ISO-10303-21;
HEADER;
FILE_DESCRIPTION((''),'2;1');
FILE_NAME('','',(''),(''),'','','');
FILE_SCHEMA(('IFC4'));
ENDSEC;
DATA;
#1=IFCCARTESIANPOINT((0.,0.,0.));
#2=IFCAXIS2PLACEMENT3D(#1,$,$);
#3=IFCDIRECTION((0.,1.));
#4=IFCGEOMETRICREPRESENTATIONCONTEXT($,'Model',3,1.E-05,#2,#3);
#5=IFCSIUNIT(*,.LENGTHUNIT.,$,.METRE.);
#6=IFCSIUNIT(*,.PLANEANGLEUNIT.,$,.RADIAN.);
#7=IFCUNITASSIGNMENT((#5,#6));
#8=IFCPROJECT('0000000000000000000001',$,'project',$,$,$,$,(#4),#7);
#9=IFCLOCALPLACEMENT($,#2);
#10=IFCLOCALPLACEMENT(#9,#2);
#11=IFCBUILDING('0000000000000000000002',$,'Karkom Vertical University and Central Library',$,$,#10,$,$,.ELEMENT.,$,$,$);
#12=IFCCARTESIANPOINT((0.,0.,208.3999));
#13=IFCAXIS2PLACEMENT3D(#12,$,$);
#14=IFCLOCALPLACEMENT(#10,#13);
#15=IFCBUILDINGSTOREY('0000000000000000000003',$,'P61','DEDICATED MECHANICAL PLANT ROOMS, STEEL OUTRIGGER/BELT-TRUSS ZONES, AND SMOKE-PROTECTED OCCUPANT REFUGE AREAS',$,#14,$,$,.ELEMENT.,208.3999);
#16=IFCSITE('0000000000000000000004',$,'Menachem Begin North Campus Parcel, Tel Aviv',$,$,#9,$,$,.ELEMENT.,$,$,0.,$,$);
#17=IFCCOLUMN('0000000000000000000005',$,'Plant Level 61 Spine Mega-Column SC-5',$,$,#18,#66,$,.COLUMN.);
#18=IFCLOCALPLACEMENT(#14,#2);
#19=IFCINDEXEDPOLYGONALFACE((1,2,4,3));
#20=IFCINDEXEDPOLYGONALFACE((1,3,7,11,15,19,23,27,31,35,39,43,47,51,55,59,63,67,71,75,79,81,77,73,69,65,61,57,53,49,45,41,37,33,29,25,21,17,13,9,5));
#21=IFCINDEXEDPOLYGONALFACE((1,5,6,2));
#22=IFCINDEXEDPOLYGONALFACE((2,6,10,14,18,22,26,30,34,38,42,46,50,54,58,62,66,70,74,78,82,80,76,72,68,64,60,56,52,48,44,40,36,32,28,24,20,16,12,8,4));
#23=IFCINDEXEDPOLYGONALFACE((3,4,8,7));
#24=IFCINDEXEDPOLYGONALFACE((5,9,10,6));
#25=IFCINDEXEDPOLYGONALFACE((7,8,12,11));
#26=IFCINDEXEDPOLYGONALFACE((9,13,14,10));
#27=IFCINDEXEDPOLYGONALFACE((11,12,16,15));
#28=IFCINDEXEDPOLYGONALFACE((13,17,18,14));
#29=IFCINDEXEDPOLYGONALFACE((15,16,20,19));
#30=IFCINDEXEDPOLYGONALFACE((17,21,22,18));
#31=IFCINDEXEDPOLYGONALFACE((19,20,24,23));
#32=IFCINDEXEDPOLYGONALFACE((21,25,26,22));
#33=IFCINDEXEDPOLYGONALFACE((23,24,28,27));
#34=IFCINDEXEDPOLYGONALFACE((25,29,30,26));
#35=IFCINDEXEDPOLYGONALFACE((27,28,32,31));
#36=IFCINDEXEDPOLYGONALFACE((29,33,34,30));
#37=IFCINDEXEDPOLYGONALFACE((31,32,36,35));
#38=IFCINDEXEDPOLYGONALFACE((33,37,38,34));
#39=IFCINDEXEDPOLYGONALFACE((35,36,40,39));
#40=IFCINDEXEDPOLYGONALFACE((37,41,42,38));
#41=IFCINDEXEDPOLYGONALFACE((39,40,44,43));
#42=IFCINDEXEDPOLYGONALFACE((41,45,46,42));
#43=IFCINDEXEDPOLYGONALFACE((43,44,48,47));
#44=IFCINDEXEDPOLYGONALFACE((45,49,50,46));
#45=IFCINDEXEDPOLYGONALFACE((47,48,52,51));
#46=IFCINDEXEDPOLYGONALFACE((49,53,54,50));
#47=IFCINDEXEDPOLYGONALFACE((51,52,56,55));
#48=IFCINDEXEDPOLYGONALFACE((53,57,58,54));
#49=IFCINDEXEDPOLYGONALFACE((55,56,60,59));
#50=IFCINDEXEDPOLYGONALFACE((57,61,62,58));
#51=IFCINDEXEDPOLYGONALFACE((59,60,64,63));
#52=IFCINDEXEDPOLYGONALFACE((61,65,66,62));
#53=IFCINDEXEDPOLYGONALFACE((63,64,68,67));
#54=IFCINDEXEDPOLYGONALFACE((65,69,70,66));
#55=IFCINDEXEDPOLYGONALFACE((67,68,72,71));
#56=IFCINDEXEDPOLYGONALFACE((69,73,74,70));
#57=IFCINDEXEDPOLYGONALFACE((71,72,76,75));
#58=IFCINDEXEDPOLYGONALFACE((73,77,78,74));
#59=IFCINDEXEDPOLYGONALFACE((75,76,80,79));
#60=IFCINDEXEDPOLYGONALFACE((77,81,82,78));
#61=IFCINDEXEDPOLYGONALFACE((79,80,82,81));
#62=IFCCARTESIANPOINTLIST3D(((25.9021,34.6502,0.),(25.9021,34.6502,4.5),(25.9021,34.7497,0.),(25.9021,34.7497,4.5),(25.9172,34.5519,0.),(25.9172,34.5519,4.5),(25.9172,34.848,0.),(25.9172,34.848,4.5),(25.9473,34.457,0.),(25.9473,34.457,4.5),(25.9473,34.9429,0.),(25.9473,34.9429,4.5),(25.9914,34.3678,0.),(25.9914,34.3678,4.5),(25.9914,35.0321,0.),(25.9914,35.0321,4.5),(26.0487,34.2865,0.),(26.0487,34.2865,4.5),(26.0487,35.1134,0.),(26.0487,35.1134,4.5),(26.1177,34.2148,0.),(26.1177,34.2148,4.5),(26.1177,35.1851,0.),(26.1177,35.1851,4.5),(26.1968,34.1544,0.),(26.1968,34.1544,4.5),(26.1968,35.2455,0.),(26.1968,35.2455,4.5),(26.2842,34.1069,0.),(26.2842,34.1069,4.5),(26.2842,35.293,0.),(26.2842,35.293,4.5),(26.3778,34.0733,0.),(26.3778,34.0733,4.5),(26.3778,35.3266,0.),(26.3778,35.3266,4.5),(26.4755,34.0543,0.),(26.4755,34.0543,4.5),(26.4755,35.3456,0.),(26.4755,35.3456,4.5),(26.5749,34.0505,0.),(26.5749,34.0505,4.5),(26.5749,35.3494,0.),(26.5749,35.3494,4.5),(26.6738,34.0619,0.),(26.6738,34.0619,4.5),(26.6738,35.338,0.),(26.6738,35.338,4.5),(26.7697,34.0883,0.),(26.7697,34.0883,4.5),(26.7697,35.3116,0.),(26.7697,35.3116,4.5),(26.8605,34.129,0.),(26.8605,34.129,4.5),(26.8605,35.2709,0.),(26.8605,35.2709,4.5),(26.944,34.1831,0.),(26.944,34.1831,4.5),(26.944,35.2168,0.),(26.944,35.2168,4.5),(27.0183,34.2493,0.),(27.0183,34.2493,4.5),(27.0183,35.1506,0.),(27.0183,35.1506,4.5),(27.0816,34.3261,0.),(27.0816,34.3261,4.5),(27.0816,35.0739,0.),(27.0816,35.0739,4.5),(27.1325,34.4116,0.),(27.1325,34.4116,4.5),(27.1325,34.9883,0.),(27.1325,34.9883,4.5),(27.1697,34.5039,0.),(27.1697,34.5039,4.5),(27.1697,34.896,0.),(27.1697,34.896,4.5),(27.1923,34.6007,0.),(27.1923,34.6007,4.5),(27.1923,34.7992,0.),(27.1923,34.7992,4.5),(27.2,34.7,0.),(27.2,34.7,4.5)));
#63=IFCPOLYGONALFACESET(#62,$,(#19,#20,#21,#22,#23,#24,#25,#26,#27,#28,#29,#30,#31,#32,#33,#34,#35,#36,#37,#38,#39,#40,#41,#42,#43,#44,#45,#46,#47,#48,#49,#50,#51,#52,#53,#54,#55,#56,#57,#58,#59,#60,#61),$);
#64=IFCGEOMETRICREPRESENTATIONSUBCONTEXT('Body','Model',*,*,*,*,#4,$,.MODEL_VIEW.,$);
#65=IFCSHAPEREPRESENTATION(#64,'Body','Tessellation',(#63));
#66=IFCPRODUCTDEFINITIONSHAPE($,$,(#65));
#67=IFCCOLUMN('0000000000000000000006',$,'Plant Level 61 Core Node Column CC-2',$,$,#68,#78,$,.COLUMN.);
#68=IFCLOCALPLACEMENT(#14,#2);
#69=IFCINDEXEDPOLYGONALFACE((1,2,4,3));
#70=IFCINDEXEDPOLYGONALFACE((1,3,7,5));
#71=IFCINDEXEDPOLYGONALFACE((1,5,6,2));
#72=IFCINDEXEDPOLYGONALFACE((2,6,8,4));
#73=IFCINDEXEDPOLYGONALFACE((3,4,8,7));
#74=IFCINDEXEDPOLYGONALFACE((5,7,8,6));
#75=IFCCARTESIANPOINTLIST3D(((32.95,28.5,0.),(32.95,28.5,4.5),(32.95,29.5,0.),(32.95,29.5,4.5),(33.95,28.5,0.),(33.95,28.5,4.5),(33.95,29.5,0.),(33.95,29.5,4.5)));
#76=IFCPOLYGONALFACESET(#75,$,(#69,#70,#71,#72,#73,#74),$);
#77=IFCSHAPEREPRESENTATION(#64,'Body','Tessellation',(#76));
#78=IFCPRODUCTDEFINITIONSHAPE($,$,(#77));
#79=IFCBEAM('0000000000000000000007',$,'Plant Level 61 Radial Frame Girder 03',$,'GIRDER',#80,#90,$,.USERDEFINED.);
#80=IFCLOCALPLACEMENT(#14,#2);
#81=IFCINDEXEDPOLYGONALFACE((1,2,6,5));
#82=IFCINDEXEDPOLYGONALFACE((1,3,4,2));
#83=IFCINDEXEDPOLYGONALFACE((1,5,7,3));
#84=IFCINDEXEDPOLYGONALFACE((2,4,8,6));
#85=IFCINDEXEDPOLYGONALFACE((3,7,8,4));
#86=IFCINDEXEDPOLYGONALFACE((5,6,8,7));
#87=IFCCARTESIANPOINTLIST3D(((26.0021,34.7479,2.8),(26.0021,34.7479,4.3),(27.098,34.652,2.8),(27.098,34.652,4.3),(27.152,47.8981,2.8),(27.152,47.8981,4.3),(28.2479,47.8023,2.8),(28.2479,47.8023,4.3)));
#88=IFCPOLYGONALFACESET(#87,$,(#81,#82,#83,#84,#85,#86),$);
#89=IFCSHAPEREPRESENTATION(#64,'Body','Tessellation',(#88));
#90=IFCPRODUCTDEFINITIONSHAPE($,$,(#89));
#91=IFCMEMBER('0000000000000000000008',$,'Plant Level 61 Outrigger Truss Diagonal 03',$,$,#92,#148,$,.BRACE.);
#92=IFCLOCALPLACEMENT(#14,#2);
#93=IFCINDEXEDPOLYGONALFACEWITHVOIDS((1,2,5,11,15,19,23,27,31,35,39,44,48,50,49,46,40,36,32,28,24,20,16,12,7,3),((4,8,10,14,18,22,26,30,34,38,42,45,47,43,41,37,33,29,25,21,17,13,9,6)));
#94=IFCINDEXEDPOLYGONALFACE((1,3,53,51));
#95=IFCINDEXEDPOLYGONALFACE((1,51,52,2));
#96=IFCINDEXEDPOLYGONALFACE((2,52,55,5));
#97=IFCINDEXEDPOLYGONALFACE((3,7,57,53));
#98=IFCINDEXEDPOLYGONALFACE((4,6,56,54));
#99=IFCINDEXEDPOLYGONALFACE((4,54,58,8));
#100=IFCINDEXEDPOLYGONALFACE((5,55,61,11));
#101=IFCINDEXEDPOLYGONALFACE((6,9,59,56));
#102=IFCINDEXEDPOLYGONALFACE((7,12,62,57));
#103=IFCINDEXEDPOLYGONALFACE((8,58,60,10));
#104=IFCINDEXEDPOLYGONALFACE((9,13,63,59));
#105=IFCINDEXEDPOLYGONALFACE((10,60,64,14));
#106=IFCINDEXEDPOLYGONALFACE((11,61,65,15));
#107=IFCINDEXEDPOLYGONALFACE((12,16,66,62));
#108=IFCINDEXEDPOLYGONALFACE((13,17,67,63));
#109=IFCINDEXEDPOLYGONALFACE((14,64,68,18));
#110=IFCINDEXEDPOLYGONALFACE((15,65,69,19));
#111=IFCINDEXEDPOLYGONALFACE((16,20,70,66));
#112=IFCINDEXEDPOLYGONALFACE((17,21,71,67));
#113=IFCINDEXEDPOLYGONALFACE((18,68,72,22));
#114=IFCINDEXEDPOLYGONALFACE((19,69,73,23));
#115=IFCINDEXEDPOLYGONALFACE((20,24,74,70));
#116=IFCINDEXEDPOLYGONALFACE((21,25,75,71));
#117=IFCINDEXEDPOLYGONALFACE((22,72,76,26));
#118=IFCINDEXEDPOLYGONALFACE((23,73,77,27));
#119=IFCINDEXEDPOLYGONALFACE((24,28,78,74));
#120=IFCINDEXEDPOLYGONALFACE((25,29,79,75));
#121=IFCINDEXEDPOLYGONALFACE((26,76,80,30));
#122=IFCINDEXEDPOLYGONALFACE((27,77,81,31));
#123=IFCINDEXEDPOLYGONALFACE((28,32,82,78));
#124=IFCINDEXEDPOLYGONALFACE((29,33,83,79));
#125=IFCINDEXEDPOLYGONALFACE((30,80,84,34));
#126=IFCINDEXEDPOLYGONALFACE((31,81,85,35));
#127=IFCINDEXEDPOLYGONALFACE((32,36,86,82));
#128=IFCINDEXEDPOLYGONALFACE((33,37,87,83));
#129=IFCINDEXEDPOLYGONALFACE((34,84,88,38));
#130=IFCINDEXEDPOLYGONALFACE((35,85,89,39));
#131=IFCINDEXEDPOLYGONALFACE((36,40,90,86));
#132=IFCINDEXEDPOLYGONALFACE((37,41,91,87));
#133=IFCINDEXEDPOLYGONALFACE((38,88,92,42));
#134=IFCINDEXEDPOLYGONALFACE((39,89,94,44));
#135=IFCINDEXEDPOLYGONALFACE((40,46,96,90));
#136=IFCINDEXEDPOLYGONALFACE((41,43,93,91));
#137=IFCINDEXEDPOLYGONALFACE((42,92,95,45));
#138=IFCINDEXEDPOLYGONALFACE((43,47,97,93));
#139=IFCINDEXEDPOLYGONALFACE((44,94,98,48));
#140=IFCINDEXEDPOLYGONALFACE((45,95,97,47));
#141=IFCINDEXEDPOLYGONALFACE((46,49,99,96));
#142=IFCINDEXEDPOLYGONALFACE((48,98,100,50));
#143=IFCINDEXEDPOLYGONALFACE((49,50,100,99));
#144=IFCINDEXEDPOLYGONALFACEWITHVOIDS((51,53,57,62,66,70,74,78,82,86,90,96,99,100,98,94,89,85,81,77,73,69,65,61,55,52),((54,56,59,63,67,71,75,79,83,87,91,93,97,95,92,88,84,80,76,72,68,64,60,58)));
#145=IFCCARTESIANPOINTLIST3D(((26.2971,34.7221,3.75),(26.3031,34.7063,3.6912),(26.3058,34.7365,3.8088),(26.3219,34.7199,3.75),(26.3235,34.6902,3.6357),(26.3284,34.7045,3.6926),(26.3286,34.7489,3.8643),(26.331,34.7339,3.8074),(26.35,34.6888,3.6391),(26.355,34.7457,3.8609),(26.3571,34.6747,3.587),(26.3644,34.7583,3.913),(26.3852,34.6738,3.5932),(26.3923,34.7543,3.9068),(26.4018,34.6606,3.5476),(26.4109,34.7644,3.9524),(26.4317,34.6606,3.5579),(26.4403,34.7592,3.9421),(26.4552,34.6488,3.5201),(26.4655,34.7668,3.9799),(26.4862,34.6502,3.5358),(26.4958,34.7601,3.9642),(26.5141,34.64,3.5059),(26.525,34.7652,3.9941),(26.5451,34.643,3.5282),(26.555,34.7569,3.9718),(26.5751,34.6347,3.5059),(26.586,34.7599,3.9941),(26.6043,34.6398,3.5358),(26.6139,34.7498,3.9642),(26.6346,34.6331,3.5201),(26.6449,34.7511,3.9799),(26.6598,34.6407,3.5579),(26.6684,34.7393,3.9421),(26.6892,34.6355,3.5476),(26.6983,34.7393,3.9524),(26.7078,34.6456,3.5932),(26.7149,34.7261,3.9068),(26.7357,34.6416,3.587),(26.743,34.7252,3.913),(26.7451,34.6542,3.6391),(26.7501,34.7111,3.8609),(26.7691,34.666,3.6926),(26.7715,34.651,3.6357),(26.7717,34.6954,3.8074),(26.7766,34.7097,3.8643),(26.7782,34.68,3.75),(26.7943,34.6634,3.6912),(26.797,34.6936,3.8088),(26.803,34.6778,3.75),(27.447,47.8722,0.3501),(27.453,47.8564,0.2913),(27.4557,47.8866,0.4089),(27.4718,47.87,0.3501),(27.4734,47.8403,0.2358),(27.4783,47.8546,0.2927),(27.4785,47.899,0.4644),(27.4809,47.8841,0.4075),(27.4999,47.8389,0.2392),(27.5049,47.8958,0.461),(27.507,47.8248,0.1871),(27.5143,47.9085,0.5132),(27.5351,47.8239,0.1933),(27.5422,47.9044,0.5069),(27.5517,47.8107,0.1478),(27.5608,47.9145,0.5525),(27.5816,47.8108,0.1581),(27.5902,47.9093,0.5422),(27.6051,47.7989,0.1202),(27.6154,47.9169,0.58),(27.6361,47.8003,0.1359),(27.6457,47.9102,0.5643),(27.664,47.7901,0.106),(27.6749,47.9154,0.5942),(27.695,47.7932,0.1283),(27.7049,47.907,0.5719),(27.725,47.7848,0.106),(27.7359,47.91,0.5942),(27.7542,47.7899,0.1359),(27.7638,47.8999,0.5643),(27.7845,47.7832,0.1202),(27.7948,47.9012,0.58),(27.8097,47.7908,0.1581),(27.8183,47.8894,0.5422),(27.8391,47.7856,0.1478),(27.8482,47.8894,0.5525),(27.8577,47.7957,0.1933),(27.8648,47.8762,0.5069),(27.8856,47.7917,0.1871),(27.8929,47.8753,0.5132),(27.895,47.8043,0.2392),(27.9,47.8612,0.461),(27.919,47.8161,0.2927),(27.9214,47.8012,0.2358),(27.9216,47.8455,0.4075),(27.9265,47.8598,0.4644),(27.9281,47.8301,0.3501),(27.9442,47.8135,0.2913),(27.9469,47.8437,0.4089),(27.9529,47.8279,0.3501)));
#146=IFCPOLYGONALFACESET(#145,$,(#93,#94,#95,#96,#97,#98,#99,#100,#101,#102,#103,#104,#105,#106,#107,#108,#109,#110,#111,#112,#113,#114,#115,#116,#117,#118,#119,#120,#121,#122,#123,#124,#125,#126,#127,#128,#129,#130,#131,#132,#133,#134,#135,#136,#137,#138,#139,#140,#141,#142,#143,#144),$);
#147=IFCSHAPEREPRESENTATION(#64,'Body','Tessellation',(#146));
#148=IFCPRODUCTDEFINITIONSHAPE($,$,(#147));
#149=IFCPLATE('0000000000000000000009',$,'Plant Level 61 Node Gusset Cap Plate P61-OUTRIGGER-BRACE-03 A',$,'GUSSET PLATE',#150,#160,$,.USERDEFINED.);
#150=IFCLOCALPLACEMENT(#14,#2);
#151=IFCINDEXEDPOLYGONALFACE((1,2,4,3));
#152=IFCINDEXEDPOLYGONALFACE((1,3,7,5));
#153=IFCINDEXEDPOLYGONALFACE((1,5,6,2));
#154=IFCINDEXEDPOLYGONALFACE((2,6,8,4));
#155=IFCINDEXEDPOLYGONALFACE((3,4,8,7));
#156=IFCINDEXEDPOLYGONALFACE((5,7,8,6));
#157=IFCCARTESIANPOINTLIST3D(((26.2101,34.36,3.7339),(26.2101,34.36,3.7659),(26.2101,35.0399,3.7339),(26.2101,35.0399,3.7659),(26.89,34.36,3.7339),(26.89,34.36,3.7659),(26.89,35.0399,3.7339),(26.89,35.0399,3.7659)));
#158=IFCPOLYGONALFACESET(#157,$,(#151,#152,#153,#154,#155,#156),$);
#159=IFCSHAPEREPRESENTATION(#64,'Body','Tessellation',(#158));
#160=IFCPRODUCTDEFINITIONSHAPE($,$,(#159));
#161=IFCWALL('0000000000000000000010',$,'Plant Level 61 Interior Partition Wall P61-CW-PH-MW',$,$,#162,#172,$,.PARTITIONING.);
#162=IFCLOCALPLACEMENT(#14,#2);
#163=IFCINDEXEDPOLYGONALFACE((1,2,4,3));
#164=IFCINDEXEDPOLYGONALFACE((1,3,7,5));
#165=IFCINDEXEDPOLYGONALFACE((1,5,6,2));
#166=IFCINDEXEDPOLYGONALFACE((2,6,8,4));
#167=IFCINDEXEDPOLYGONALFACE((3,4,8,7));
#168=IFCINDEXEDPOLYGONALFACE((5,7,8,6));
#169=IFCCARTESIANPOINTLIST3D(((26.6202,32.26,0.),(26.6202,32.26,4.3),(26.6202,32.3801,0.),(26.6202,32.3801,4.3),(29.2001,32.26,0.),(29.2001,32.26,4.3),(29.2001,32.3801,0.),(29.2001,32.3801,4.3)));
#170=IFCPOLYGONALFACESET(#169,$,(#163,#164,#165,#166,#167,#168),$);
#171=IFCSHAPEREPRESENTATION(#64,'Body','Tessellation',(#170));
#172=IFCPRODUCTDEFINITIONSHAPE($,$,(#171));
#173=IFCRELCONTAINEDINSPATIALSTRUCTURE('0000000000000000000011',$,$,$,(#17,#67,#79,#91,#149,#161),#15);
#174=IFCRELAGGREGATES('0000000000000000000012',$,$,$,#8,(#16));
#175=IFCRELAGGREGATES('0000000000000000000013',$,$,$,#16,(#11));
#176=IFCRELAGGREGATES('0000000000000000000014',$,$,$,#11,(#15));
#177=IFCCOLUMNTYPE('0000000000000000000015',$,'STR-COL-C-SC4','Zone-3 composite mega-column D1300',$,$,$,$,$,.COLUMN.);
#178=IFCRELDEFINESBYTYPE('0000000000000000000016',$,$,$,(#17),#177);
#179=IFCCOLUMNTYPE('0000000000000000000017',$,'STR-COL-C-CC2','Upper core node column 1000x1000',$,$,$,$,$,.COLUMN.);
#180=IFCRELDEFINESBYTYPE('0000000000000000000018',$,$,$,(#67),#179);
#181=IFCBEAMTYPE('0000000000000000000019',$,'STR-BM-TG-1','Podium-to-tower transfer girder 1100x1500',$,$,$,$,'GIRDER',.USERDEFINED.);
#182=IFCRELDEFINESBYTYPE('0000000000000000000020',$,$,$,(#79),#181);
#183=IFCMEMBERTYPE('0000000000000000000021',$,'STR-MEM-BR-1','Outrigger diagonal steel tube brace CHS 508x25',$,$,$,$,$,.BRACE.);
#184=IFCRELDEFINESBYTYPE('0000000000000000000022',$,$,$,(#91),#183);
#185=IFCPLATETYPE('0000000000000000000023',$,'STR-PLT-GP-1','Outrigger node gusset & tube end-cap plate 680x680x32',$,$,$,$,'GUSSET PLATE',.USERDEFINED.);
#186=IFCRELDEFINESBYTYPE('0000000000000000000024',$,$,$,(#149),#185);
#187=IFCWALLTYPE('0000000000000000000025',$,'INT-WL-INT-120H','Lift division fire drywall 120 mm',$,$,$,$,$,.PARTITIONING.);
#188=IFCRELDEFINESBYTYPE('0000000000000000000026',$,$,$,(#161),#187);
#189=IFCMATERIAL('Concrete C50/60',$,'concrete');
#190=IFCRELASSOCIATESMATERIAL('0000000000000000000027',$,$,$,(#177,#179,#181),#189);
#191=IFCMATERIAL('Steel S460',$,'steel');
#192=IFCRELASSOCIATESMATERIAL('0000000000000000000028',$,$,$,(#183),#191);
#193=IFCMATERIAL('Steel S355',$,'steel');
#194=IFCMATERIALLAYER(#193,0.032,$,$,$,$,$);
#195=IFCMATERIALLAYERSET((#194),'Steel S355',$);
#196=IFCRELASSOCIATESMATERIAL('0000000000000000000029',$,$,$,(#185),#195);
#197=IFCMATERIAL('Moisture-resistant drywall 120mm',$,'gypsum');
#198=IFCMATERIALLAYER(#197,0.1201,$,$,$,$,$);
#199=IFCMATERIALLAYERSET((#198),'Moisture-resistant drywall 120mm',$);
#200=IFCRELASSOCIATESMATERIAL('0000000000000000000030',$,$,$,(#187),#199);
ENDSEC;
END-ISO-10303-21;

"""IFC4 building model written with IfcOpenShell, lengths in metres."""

from ifc_helpers import new_model, si_unit, direction, frame, frame_2d, origin, origin_with_axes, origin_2d, place, context, subcontext, project, spatial, rectangle, circle, hollow_circle, extrude, source, transform, mapped, material, layer, layer_set, material_profile, profile_set, type_object, element, save


model = new_model("IFC4")

# Units and contexts
model_context = context("Model", 3, precision=1e-05, world=origin(), true_north=direction((0.0, 1.0)))
body_context = subcontext(model_context, "Body", "Model", "MODEL_VIEW")
ifc_project = project(units=[si_unit("LENGTHUNIT", "METRE"), si_unit("PLANEANGLEUNIT", "RADIAN")], contexts=[model_context])

# Site, building, storey
site_placement = place(None, origin())
site = spatial("IfcSite", under=ifc_project, at=site_placement, Name="Menachem Begin North Campus Parcel, Tel Aviv", CompositionType="ELEMENT", RefElevation=0.0)
building_placement = place(site_placement, origin())
building = spatial("IfcBuilding", under=site, at=building_placement, Name="Karkom Vertical University and Central Library", CompositionType="ELEMENT")
storey_placement = place(building_placement, frame((0.0, 0.0, 208.3999)))
storey = spatial("IfcBuildingStorey", under=building, at=storey_placement, Name="P61", Description="DEDICATED MECHANICAL PLANT ROOMS, STEEL OUTRIGGER/BELT-TRUSS ZONES, AND SMOKE-PROTECTED OCCUPANT REFUGE AREAS", CompositionType="ELEMENT", Elevation=208.3999)

# Columns
ifc_material_1 = material(Name="Concrete C50/60", Category="concrete")
ifc_material_profile_1 = material_profile(ifc_material_1, circle(Radius=0.6499, at=origin_2d()), Name="CFT-D1300")
ifc_profile_set_1 = profile_set([ifc_material_profile_1], Name="Concrete C50/60")
column_type_1 = type_object("IfcColumnType", Name="STR-COL-C-SC4", Description="Zone-3 composite mega-column D1300", PredefinedType="COLUMN", material=ifc_profile_set_1)
shared_shape_1 = source(origin_with_axes(), body_context, "Body", "SweptSolid", [
    extrude(circle(Radius=0.6499, at=origin_2d()), origin(), (0.0, 0.0, 1.0), 4.5),
])
column_1_placement = place(storey_placement, frame((26.55, 34.7, 0.0), z_axis=(0.0, 0.0, 1.0), x_axis=(1.0, 0.0, 0.0)))
element("IfcColumn", 1, at=column_1_placement, inside=storey, type_object=column_type_1, Name="Plant Level 61 Spine Mega-Column SC-5", PredefinedType="COLUMN", context=body_context, shape_type="MappedRepresentation", body=[
    mapped(shared_shape_1, transform((0.0, 0.0, 0.0), scale=1.0)),
])
ifc_material_profile_2 = material_profile(ifc_material_1, rectangle(XDim=1.0, YDim=1.0, at=origin_2d()), Name="RC-1000x1000")
ifc_profile_set_2 = profile_set([ifc_material_profile_2], Name="Concrete C50/60")
column_type_2 = type_object("IfcColumnType", Name="STR-COL-C-CC2", Description="Upper core node column 1000x1000", PredefinedType="COLUMN", material=ifc_profile_set_2)
shared_shape_2 = source(origin_with_axes(), body_context, "Body", "SweptSolid", [
    extrude(rectangle(XDim=1.0, YDim=1.0, at=origin_2d()), origin(), (0.0, 0.0, 1.0), 4.5),
])
column_2_placement = place(storey_placement, frame((33.45, 29.0, 0.0), z_axis=(0.0, 0.0, 1.0), x_axis=(1.0, 0.0, 0.0)))
element("IfcColumn", 2, at=column_2_placement, inside=storey, type_object=column_type_2, Name="Plant Level 61 Core Node Column CC-2", PredefinedType="COLUMN", context=body_context, shape_type="MappedRepresentation", body=[
    mapped(shared_shape_2, transform((0.0, 0.0, 0.0), scale=1.0)),
])

# Beam
ifc_material_profile_3 = material_profile(ifc_material_1, rectangle(XDim=1.1001, YDim=1.5, at=origin_2d()), Name="TG-1100x1500")
ifc_profile_set_3 = profile_set([ifc_material_profile_3], Name="Concrete C50/60")
beam_type = type_object("IfcBeamType", Name="STR-BM-TG-1", Description="Podium-to-tower transfer girder 1100x1500", ElementType="GIRDER", PredefinedType="USERDEFINED", material=ifc_profile_set_3)
shared_shape_3 = source(origin_with_axes(), body_context, "Body", "SweptSolid", [
    extrude(rectangle(XDim=1.1001, YDim=1.5, at=origin_2d()), origin(), (0.0, 0.0, 1.0), 13.2004),
])
beam_placement = place(storey_placement, frame((26.55, 34.7, 3.55), z_axis=(0.087112, 0.996199, 0.0), x_axis=(-0.996199, 0.087112, 0.0)))
element("IfcBeam", 3, at=beam_placement, inside=storey, type_object=beam_type, Name="Plant Level 61 Radial Frame Girder 03", ObjectType="GIRDER", PredefinedType="USERDEFINED", context=body_context, shape_type="MappedRepresentation", body=[
    mapped(shared_shape_3, transform((0.0, 0.0, 0.0), scale=1.0)),
])

# Member
ifc_material_2 = material(Name="Steel S460", Category="steel")
ifc_material_profile_4 = material_profile(ifc_material_2, hollow_circle(Radius=0.2539, WallThickness=0.0249, at=origin_2d()), Name="CHS 508x25")
ifc_profile_set_4 = profile_set([ifc_material_profile_4], Name="Steel S460")
member_type = type_object("IfcMemberType", Name="STR-MEM-BR-1", Description="Outrigger diagonal steel tube brace CHS 508x25", PredefinedType="BRACE", material=ifc_profile_set_4)
shared_shape_4 = source(origin_with_axes(), body_context, "Body", "SweptSolid", [
    extrude(hollow_circle(Radius=0.2539, WallThickness=0.0249, at=origin_2d()), origin(), (0.0, 0.0, 1.0), 13.6311),
])
member_placement = place(storey_placement, frame((26.55, 34.7, 3.75), z_axis=(0.084358, 0.964714, -0.249422), x_axis=(-0.996199, 0.087112, 0.0)))
element("IfcMember", 4, at=member_placement, inside=storey, type_object=member_type, Name="Plant Level 61 Outrigger Truss Diagonal 03", PredefinedType="BRACE", context=body_context, shape_type="MappedRepresentation", body=[
    mapped(shared_shape_4, transform((0.0, 0.0, 0.0), scale=1.0)),
])

# Plate
ifc_material_3 = material(Name="Steel S355", Category="steel")
ifc_layer_1 = layer(ifc_material_3, 0.032)
ifc_layer_set_1 = layer_set([ifc_layer_1], Name="Steel S355")
plate_type = type_object("IfcPlateType", Name="STR-PLT-GP-1", Description="Outrigger node gusset & tube end-cap plate 680x680x32", ElementType="GUSSET PLATE", PredefinedType="USERDEFINED", material=ifc_layer_set_1)
shared_shape_5 = source(origin_with_axes(), body_context, "Body", "SweptSolid", [
    extrude(rectangle(XDim=0.6799, YDim=0.6799, at=origin_2d()), origin(), (0.0, 0.0, 1.0), 0.032),
])
plate_placement = place(storey_placement, frame((26.55, 34.7, 3.7339), z_axis=(0.0, 0.0, 1.0), x_axis=(1.0, 0.0, 0.0)))
element("IfcPlate", 5, at=plate_placement, inside=storey, type_object=plate_type, Name="Plant Level 61 Node Gusset Cap Plate P61-OUTRIGGER-BRACE-03 A", ObjectType="GUSSET PLATE", PredefinedType="USERDEFINED", context=body_context, shape_type="MappedRepresentation", body=[
    mapped(shared_shape_5, transform((0.0, 0.0, 0.0), scale=1.0)),
])

# Wall
ifc_material_4 = material(Name="Moisture-resistant drywall 120mm", Category="gypsum")
ifc_layer_2 = layer(ifc_material_4, 0.1201)
ifc_layer_set_2 = layer_set([ifc_layer_2], Name="Moisture-resistant drywall 120mm")
wall_type_1 = type_object("IfcWallType", Name="INT-WL-INT-120H", Description="Lift division fire drywall 120 mm", PredefinedType="PARTITIONING", material=ifc_layer_set_2)
wall_1_placement = place(storey_placement, frame((26.6201, 32.3201, 0.0), z_axis=(0.0, 0.0, 1.0), x_axis=(1.0, 0.0, 0.0)))
element("IfcWall", 6, at=wall_1_placement, inside=storey, type_object=wall_type_1, Name="Plant Level 61 Interior Partition Wall P61-CW-PH-MW", PredefinedType="PARTITIONING", context=body_context, shape_type="SweptSolid", body=[
    extrude(rectangle(XDim=2.5798, YDim=0.1201, at=frame_2d((1.29, 0.0))), origin(), (0.0, 0.0, 1.0), 4.3),
])

save(model, "model.ifc")
